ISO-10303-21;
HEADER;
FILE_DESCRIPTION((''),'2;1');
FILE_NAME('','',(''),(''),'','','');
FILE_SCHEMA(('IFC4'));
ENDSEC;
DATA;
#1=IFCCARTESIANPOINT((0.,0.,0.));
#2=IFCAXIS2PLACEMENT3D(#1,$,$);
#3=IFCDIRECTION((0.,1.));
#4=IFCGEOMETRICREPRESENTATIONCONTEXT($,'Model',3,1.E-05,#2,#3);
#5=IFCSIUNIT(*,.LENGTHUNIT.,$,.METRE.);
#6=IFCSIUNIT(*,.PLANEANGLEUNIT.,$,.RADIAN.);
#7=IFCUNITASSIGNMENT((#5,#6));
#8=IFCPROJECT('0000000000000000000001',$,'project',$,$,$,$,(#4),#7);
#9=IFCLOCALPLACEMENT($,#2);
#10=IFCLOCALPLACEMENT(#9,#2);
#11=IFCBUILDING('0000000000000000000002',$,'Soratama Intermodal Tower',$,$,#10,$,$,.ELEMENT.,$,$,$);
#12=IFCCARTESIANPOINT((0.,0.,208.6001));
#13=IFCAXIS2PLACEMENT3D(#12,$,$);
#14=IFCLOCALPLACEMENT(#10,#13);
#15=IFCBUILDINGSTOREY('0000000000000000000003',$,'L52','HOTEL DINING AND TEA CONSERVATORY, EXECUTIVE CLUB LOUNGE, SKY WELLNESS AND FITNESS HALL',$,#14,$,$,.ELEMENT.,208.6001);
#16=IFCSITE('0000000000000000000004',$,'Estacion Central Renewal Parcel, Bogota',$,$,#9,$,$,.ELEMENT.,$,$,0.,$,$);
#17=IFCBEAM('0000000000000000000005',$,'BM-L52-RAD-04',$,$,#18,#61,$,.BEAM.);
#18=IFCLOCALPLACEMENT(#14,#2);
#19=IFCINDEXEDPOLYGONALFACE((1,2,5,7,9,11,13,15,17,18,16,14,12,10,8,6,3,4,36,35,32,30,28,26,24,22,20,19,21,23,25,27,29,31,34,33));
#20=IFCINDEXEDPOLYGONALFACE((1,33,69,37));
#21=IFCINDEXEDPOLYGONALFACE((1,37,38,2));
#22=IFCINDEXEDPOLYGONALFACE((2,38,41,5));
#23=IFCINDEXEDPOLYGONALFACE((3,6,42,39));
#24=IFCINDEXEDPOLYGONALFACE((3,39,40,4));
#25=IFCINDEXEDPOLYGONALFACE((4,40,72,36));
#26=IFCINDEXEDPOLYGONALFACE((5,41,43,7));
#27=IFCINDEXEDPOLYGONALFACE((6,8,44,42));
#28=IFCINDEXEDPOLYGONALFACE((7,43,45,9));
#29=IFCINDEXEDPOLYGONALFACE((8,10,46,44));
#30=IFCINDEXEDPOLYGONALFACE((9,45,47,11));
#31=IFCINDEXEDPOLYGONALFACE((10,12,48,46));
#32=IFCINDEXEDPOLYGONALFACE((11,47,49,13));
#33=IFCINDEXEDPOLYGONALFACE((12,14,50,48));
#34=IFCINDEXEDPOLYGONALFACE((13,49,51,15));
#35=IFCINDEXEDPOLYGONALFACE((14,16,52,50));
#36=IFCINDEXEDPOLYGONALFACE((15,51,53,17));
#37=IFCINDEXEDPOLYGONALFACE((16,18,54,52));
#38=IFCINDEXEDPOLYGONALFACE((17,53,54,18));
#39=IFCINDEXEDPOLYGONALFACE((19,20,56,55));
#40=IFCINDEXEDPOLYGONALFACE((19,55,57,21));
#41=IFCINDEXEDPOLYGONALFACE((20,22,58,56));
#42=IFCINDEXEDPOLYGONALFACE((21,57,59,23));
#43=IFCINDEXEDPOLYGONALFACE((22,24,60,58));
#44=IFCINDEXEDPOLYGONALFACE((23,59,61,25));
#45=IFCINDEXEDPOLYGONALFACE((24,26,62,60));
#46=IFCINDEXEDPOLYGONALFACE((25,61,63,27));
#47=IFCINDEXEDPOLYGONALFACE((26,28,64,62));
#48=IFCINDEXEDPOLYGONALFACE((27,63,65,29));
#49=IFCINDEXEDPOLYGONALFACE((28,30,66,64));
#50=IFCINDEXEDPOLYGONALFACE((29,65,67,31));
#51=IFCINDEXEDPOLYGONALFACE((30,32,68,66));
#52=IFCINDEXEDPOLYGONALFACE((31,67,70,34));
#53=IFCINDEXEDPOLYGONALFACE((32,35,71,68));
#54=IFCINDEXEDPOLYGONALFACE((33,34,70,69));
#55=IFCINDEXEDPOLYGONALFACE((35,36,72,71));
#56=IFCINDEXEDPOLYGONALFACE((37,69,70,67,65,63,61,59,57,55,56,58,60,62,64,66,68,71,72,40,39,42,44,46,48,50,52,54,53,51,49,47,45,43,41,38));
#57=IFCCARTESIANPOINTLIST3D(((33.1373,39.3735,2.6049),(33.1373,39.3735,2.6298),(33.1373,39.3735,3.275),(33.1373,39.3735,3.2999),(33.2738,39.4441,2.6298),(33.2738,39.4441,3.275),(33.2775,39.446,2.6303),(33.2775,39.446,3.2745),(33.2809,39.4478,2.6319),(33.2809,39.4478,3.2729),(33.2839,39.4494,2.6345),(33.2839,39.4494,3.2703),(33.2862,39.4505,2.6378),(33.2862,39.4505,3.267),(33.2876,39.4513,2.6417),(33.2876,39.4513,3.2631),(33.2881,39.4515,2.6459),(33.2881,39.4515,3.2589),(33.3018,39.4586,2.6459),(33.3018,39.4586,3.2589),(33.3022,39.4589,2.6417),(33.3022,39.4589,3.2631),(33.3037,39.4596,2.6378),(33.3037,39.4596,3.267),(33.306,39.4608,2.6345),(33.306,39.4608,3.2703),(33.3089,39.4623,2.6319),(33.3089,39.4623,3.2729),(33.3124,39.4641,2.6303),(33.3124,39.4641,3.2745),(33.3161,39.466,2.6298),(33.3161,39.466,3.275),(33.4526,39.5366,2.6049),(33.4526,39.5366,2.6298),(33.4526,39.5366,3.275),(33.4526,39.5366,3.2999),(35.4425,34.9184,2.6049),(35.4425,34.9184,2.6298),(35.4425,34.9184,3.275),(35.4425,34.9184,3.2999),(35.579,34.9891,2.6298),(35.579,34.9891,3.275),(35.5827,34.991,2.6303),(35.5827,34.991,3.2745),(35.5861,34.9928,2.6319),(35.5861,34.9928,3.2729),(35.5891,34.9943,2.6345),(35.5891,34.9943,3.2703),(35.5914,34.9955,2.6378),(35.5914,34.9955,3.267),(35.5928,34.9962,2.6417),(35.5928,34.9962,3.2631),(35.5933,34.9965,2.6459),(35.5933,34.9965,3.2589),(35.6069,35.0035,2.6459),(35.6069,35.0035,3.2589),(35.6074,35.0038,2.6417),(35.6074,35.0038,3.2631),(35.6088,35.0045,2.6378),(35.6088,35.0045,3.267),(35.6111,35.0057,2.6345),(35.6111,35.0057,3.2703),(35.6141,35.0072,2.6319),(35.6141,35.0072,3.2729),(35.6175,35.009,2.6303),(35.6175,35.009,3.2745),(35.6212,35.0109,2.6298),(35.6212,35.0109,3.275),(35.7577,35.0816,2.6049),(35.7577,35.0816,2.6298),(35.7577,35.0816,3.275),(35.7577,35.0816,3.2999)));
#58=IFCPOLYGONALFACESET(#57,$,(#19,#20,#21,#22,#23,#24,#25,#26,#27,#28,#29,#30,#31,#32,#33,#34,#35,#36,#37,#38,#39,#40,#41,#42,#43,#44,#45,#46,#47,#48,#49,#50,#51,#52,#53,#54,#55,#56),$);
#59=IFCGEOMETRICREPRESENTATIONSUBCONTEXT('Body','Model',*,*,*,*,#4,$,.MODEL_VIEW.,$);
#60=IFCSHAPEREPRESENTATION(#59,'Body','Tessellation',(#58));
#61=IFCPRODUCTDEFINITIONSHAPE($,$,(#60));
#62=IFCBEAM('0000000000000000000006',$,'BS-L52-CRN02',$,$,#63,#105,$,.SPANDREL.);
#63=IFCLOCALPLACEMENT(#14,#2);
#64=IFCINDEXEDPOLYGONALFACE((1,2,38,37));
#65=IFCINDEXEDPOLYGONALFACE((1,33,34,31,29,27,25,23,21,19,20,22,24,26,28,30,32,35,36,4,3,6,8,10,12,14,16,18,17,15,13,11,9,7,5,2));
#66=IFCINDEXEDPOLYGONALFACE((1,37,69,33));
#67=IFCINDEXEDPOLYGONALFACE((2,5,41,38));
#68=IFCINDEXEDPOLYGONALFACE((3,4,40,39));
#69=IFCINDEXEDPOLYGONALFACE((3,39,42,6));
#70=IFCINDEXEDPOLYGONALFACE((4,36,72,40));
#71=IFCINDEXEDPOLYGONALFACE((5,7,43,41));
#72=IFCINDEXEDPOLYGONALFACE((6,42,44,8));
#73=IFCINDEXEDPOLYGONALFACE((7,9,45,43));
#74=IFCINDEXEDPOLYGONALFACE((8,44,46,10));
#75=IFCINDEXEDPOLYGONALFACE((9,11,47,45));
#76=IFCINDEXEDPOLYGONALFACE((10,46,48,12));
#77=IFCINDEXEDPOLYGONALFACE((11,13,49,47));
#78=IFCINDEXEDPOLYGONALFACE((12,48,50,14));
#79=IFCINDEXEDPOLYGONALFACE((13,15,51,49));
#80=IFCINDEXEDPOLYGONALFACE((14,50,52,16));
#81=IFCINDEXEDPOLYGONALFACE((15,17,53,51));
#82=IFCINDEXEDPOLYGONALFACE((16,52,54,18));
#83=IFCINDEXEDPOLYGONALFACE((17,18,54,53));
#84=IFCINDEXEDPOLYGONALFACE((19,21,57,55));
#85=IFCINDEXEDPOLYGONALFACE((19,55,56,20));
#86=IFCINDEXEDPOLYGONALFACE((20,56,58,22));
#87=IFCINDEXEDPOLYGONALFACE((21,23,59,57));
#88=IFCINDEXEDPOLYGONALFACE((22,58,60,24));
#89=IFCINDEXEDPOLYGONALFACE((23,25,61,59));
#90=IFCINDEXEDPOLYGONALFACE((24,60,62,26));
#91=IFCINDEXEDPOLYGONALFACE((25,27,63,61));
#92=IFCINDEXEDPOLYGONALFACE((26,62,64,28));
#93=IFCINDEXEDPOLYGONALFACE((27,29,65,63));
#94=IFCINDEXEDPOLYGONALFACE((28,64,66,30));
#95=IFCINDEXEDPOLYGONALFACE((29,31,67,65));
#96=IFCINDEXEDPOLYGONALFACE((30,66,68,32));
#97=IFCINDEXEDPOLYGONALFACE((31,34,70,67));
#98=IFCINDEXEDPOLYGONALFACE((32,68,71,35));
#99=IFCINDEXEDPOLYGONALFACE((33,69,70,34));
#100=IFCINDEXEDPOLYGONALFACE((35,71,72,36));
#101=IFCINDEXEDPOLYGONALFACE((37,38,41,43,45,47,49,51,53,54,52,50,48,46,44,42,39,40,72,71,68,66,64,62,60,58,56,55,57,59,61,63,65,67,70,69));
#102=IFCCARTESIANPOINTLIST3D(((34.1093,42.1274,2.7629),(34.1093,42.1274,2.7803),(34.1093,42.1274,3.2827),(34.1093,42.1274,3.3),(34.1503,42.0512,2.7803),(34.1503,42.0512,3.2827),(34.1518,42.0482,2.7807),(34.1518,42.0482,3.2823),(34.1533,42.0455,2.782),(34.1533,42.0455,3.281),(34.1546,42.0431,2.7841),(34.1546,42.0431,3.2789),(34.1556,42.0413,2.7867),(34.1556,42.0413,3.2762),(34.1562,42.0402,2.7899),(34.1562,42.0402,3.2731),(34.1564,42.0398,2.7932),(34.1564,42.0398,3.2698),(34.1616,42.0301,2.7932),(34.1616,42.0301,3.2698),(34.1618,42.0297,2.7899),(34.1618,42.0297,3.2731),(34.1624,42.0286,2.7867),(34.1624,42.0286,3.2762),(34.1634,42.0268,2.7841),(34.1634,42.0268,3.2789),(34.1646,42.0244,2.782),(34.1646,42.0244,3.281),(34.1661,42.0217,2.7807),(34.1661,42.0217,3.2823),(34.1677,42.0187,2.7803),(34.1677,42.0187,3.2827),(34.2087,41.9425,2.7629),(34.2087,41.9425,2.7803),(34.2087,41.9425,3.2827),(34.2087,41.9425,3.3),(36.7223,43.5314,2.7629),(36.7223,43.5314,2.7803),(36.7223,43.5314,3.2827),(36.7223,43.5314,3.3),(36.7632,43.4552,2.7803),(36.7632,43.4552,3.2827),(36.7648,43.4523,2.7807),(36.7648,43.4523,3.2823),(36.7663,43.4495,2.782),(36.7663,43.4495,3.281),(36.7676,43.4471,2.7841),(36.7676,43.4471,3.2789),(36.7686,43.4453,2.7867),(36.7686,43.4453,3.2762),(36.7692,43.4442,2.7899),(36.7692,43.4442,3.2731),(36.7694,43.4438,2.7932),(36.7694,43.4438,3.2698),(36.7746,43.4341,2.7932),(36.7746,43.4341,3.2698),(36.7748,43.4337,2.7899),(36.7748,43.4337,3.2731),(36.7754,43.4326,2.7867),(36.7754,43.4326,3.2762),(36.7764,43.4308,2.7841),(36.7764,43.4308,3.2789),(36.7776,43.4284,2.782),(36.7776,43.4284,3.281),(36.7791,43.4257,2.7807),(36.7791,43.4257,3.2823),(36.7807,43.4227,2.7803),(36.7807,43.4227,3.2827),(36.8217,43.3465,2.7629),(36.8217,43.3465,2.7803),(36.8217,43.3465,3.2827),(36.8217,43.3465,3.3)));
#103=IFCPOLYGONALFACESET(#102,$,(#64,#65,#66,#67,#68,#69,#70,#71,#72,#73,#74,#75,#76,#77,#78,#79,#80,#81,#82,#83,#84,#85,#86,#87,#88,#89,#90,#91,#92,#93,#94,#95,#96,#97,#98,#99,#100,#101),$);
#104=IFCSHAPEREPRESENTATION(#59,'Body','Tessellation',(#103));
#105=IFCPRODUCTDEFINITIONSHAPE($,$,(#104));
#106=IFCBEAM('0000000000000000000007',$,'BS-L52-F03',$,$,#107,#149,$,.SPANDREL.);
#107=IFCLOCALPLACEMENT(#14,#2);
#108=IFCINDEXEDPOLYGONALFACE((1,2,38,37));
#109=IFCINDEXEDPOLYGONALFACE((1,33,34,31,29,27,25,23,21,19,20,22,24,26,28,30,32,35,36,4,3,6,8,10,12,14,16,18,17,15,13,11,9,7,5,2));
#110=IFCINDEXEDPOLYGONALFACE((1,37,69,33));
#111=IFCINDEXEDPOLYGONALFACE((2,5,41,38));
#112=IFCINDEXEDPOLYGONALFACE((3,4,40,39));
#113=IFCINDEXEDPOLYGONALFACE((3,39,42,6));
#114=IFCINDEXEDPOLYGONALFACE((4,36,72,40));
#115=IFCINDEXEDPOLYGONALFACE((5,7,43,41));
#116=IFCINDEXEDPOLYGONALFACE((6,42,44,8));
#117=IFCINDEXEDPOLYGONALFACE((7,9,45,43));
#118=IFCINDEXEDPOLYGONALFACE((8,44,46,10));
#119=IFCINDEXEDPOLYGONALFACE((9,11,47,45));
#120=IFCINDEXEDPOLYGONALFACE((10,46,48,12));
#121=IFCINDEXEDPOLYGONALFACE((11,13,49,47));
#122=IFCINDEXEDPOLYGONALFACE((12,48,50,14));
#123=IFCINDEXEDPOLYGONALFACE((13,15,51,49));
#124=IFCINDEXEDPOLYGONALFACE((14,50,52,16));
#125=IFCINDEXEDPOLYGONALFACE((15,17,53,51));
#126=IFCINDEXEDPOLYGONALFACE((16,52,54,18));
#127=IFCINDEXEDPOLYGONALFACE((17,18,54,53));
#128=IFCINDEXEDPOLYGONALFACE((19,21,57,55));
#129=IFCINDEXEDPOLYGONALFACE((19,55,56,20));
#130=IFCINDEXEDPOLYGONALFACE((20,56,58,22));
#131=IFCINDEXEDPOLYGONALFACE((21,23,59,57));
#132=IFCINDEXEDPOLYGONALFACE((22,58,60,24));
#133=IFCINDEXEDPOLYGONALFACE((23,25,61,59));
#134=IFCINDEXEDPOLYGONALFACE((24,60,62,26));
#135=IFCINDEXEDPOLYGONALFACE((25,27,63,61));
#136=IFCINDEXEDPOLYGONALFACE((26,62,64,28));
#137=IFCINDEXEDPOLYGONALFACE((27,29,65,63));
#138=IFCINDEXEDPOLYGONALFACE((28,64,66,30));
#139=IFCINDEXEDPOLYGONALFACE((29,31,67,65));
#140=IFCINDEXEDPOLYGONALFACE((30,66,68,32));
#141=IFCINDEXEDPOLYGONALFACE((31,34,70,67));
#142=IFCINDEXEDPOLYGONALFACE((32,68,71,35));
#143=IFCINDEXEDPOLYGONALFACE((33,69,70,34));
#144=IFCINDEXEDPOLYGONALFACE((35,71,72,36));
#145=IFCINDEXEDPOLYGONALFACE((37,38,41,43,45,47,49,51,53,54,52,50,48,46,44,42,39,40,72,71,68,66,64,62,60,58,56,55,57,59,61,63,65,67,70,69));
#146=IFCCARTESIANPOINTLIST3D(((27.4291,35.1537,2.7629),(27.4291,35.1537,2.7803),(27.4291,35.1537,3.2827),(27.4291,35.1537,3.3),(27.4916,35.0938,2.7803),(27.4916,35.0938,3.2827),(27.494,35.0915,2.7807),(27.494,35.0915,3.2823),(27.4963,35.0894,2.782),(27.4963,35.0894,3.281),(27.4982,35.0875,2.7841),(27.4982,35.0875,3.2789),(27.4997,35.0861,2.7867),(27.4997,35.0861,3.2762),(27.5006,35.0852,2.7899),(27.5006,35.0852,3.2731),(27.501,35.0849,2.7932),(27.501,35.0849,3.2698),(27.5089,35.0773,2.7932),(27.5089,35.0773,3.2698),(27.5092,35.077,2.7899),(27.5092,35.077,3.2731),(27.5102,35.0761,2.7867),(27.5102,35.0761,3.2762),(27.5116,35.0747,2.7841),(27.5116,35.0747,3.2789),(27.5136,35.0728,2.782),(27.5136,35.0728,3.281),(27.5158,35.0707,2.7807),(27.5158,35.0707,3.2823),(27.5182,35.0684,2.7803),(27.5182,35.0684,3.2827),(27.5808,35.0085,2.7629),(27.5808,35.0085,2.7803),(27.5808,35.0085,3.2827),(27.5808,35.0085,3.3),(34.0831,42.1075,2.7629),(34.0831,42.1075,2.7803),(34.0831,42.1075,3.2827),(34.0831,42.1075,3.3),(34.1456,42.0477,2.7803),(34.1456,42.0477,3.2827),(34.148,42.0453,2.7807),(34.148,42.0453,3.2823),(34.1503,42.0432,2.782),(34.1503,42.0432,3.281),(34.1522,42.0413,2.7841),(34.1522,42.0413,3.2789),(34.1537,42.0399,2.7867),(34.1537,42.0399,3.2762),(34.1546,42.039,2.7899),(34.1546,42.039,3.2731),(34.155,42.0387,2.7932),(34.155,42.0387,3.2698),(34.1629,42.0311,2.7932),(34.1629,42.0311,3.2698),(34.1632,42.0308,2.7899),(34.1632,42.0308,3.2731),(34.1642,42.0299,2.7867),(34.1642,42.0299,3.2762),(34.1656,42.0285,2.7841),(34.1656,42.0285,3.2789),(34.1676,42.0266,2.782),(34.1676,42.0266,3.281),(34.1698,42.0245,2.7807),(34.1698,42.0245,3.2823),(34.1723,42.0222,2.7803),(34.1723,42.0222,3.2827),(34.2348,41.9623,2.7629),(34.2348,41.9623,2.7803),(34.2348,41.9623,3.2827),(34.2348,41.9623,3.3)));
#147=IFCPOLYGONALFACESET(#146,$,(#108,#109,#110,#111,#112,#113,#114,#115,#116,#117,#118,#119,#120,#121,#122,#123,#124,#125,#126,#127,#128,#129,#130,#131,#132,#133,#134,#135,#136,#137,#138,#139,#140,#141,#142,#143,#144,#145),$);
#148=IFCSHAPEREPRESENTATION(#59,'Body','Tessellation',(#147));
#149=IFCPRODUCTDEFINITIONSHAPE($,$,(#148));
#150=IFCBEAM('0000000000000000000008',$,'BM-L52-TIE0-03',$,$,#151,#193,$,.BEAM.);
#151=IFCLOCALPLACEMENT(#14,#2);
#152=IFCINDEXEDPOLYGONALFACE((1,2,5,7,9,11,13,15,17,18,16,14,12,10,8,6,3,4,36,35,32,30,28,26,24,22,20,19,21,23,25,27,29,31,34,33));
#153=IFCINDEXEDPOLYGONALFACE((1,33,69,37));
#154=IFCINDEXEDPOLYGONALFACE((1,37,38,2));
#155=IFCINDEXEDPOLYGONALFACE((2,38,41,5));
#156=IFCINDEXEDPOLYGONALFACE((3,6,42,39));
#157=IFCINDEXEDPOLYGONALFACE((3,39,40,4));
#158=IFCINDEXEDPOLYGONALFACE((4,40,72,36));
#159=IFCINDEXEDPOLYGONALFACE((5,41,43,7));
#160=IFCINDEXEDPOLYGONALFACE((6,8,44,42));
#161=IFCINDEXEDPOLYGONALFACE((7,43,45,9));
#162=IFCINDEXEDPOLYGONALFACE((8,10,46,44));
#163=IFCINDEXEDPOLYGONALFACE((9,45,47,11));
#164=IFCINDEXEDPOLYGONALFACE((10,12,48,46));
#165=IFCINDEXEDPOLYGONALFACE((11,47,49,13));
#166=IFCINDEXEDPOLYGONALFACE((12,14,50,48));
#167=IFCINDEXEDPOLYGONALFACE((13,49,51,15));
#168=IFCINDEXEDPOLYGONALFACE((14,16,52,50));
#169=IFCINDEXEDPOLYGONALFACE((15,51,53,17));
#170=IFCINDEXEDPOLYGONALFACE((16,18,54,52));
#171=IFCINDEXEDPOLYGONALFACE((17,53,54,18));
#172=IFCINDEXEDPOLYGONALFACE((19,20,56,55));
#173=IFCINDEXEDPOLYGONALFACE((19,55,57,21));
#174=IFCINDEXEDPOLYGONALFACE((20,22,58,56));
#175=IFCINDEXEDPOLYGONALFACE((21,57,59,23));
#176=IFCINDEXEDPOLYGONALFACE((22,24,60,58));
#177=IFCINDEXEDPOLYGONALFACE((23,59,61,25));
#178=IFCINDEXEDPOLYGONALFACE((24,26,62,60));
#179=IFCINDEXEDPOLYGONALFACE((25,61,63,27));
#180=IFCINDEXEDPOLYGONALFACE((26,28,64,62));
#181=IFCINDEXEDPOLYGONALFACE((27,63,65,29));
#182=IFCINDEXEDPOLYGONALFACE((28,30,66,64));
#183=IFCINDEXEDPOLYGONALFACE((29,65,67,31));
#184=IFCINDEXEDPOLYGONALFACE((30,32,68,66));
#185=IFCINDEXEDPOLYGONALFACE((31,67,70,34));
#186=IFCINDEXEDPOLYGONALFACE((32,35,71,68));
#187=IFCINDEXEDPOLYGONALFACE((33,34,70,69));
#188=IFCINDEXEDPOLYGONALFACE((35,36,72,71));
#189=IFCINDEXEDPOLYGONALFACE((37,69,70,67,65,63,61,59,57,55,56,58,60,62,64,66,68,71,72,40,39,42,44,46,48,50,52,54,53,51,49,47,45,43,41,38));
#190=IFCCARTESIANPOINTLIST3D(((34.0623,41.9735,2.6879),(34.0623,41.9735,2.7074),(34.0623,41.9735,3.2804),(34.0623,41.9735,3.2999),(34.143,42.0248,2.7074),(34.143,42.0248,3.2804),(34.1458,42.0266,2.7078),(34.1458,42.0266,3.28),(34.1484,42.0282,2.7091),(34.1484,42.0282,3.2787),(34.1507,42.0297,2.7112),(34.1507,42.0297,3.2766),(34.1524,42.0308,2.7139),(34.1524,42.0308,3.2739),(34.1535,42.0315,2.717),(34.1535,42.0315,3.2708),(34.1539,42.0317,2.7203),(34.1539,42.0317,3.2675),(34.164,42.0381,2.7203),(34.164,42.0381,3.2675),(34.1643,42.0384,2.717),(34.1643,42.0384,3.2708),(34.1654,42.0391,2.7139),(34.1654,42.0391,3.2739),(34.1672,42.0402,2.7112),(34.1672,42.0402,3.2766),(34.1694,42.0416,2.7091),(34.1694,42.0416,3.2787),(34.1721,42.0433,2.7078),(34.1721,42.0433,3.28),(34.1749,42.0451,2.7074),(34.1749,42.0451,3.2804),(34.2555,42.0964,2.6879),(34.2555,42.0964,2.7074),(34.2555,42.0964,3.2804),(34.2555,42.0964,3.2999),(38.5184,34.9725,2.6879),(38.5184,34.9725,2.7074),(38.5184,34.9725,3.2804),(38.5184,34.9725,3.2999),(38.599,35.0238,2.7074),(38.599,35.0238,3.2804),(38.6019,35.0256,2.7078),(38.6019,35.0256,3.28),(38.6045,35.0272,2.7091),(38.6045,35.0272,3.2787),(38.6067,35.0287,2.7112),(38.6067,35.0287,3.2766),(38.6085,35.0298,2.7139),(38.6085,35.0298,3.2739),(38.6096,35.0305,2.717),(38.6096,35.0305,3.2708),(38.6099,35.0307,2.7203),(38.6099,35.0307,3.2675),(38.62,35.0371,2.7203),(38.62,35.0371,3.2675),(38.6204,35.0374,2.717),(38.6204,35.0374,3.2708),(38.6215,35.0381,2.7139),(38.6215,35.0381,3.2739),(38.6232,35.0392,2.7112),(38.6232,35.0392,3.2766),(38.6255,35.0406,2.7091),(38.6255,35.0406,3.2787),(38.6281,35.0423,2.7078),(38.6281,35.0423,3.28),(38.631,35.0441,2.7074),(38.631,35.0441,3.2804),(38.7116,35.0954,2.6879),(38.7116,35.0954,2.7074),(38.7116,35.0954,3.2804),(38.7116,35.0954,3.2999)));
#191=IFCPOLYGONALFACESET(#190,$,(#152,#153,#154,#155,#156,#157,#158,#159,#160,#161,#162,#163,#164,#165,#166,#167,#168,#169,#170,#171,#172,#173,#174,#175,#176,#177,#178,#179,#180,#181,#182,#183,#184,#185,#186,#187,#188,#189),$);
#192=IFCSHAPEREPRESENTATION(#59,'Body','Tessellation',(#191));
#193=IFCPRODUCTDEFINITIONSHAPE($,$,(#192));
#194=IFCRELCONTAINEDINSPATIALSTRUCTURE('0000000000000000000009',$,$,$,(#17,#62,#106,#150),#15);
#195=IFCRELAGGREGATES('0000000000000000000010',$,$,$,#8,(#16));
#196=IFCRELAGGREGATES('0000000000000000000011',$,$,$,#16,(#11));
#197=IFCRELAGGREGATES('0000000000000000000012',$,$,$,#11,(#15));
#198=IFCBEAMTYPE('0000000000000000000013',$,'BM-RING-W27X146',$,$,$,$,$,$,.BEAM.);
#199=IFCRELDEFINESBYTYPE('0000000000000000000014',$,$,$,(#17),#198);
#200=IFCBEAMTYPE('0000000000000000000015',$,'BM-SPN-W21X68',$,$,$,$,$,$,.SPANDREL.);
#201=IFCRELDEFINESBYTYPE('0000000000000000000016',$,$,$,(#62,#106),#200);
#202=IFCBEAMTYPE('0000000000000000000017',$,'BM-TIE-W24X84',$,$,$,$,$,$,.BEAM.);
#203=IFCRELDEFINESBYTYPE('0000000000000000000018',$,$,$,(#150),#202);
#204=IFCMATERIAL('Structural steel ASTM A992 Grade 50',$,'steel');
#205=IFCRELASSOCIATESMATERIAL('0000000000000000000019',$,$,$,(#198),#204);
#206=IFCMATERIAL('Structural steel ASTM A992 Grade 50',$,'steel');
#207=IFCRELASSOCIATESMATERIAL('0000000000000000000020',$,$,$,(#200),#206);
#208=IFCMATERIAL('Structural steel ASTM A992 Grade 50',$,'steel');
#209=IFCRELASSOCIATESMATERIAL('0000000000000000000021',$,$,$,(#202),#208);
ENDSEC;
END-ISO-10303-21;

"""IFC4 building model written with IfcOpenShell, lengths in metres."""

from ifc_helpers import new_model, si_unit, direction, frame, origin, origin_2d, place, context, subcontext, project, spatial, i_section, extrude, material, material_profile, profile_set, type_object, element, save


model = new_model("IFC4")

# Units and contexts
model_context = context("Model", 3, precision=1e-05, world=origin(), true_north=direction((0.0, 1.0)))
body_context = subcontext(model_context, "Body", "Model", "MODEL_VIEW")
ifc_project = project(units=[si_unit("LENGTHUNIT", "METRE"), si_unit("PLANEANGLEUNIT", "RADIAN")], contexts=[model_context])

# Site, building, storey
site_placement = place(None, origin())
site = spatial("IfcSite", under=ifc_project, at=site_placement, Name="Estacion Central Renewal Parcel, Bogota", CompositionType="ELEMENT", RefElevation=0.0)
building_placement = place(site_placement, origin())
building = spatial("IfcBuilding", under=site, at=building_placement, Name="Soratama Intermodal Tower", CompositionType="ELEMENT")
storey_placement = place(building_placement, frame((0.0, 0.0, 208.6001)))
storey = spatial("IfcBuildingStorey", under=building, at=storey_placement, Name="L52", Description="HOTEL DINING AND TEA CONSERVATORY, EXECUTIVE CLUB LOUNGE, SKY WELLNESS AND FITNESS HALL", CompositionType="ELEMENT", Elevation=208.6001)

# Beams
ifc_material_1 = material(Name="Structural steel ASTM A992 Grade 50", Category="steel")
ifc_material_profile_1 = material_profile(ifc_material_1, i_section(OverallWidth=0.355, OverallDepth=0.6951, WebThickness=0.0154, FlangeThickness=0.0249, FilletRadius=0.0161, at=origin_2d()), Name="W27X146")
ifc_profile_set_1 = profile_set([ifc_material_profile_1], Name="Structural steel ASTM A992 Grade 50")
beam_type_1 = type_object("IfcBeamType", Name="BM-RING-W27X146", PredefinedType="BEAM", material=ifc_profile_set_1)
beam_1_placement = place(storey_placement, frame((35.6001, 35.0, 2.9524), z_axis=(-0.459553, 0.888151, 0.0), x_axis=(-0.888151, -0.459553, 0.0)))
element("IfcBeam", 1, at=beam_1_placement, inside=storey, type_object=beam_type_1, Name="BM-L52-RAD-04", PredefinedType="BEAM", context=body_context, shape_type="SweptSolid", body=[
    extrude(i_section(OverallWidth=0.355, OverallDepth=0.6951, WebThickness=0.0154, FlangeThickness=0.0249, FilletRadius=0.0161, at=origin_2d()), origin(), (0.0, 0.0, 1.0), 5.0161),
])
ifc_material_2 = material(Name="Structural steel ASTM A992 Grade 50", Category="steel")
ifc_material_profile_2 = material_profile(ifc_material_2, i_section(OverallWidth=0.21, OverallDepth=0.5371, WebThickness=0.011, FlangeThickness=0.0173, FilletRadius=0.0129, at=origin_2d()), Name="W21X68")
ifc_profile_set_2 = profile_set([ifc_material_profile_2], Name="Structural steel ASTM A992 Grade 50")
beam_type_2 = type_object("IfcBeamType", Name="BM-SPN-W21X68", PredefinedType="SPANDREL", material=ifc_profile_set_2)
beam_2_placement = place(storey_placement, frame((36.772, 43.439, 3.0315), z_axis=(-0.880888, -0.473324, 0.0), x_axis=(0.473324, -0.880888, 0.0)))
element("IfcBeam", 2, at=beam_2_placement, inside=storey, type_object=beam_type_2, Name="BS-L52-CRN02", PredefinedType="SPANDREL", context=body_context, shape_type="SweptSolid", body=[
    extrude(i_section(OverallWidth=0.21, OverallDepth=0.5371, WebThickness=0.011, FlangeThickness=0.0173, FilletRadius=0.0129, at=origin_2d()), origin(), (0.0, 0.0, 1.0), 2.9663),
])
beam_3_placement = place(storey_placement, frame((34.1589, 42.0349, 3.0315), z_axis=(-0.69136, -0.72251, 0.0), x_axis=(0.72251, -0.69136, 0.0)))
element("IfcBeam", 3, at=beam_3_placement, inside=storey, type_object=beam_type_2, Name="BS-L52-F03", PredefinedType="SPANDREL", context=body_context, shape_type="SweptSolid", body=[
    extrude(i_section(OverallWidth=0.21, OverallDepth=0.5371, WebThickness=0.011, FlangeThickness=0.0173, FilletRadius=0.0129, at=origin_2d()), origin(), (0.0, 0.0, 1.0), 9.6245),
])
ifc_material_3 = material(Name="Structural steel ASTM A992 Grade 50", Category="steel")
ifc_material_profile_3 = material_profile(ifc_material_3, i_section(OverallWidth=0.229, OverallDepth=0.6121, WebThickness=0.012, FlangeThickness=0.0195, FilletRadius=0.0129, at=origin_2d()), Name="W24X84")
ifc_profile_set_3 = profile_set([ifc_material_profile_3], Name="Structural steel ASTM A992 Grade 50")
beam_type_3 = type_object("IfcBeamType", Name="BM-TIE-W24X84", PredefinedType="BEAM", material=ifc_profile_set_3)
beam_4_placement = place(storey_placement, frame((38.615, 35.0339, 2.9939), z_axis=(-0.536952, 0.843613, 0.0), x_axis=(-0.843613, -0.536952, 0.0)))
element("IfcBeam", 4, at=beam_4_placement, inside=storey, type_object=beam_type_3, Name="BM-L52-TIE0-03", PredefinedType="BEAM", context=body_context, shape_type="SweptSolid", body=[
    extrude(i_section(OverallWidth=0.229, OverallDepth=0.6121, WebThickness=0.012, FlangeThickness=0.0195, FilletRadius=0.0129, at=origin_2d()), origin(), (0.0, 0.0, 1.0), 8.2988),
])

save(model, "model.ifc")
